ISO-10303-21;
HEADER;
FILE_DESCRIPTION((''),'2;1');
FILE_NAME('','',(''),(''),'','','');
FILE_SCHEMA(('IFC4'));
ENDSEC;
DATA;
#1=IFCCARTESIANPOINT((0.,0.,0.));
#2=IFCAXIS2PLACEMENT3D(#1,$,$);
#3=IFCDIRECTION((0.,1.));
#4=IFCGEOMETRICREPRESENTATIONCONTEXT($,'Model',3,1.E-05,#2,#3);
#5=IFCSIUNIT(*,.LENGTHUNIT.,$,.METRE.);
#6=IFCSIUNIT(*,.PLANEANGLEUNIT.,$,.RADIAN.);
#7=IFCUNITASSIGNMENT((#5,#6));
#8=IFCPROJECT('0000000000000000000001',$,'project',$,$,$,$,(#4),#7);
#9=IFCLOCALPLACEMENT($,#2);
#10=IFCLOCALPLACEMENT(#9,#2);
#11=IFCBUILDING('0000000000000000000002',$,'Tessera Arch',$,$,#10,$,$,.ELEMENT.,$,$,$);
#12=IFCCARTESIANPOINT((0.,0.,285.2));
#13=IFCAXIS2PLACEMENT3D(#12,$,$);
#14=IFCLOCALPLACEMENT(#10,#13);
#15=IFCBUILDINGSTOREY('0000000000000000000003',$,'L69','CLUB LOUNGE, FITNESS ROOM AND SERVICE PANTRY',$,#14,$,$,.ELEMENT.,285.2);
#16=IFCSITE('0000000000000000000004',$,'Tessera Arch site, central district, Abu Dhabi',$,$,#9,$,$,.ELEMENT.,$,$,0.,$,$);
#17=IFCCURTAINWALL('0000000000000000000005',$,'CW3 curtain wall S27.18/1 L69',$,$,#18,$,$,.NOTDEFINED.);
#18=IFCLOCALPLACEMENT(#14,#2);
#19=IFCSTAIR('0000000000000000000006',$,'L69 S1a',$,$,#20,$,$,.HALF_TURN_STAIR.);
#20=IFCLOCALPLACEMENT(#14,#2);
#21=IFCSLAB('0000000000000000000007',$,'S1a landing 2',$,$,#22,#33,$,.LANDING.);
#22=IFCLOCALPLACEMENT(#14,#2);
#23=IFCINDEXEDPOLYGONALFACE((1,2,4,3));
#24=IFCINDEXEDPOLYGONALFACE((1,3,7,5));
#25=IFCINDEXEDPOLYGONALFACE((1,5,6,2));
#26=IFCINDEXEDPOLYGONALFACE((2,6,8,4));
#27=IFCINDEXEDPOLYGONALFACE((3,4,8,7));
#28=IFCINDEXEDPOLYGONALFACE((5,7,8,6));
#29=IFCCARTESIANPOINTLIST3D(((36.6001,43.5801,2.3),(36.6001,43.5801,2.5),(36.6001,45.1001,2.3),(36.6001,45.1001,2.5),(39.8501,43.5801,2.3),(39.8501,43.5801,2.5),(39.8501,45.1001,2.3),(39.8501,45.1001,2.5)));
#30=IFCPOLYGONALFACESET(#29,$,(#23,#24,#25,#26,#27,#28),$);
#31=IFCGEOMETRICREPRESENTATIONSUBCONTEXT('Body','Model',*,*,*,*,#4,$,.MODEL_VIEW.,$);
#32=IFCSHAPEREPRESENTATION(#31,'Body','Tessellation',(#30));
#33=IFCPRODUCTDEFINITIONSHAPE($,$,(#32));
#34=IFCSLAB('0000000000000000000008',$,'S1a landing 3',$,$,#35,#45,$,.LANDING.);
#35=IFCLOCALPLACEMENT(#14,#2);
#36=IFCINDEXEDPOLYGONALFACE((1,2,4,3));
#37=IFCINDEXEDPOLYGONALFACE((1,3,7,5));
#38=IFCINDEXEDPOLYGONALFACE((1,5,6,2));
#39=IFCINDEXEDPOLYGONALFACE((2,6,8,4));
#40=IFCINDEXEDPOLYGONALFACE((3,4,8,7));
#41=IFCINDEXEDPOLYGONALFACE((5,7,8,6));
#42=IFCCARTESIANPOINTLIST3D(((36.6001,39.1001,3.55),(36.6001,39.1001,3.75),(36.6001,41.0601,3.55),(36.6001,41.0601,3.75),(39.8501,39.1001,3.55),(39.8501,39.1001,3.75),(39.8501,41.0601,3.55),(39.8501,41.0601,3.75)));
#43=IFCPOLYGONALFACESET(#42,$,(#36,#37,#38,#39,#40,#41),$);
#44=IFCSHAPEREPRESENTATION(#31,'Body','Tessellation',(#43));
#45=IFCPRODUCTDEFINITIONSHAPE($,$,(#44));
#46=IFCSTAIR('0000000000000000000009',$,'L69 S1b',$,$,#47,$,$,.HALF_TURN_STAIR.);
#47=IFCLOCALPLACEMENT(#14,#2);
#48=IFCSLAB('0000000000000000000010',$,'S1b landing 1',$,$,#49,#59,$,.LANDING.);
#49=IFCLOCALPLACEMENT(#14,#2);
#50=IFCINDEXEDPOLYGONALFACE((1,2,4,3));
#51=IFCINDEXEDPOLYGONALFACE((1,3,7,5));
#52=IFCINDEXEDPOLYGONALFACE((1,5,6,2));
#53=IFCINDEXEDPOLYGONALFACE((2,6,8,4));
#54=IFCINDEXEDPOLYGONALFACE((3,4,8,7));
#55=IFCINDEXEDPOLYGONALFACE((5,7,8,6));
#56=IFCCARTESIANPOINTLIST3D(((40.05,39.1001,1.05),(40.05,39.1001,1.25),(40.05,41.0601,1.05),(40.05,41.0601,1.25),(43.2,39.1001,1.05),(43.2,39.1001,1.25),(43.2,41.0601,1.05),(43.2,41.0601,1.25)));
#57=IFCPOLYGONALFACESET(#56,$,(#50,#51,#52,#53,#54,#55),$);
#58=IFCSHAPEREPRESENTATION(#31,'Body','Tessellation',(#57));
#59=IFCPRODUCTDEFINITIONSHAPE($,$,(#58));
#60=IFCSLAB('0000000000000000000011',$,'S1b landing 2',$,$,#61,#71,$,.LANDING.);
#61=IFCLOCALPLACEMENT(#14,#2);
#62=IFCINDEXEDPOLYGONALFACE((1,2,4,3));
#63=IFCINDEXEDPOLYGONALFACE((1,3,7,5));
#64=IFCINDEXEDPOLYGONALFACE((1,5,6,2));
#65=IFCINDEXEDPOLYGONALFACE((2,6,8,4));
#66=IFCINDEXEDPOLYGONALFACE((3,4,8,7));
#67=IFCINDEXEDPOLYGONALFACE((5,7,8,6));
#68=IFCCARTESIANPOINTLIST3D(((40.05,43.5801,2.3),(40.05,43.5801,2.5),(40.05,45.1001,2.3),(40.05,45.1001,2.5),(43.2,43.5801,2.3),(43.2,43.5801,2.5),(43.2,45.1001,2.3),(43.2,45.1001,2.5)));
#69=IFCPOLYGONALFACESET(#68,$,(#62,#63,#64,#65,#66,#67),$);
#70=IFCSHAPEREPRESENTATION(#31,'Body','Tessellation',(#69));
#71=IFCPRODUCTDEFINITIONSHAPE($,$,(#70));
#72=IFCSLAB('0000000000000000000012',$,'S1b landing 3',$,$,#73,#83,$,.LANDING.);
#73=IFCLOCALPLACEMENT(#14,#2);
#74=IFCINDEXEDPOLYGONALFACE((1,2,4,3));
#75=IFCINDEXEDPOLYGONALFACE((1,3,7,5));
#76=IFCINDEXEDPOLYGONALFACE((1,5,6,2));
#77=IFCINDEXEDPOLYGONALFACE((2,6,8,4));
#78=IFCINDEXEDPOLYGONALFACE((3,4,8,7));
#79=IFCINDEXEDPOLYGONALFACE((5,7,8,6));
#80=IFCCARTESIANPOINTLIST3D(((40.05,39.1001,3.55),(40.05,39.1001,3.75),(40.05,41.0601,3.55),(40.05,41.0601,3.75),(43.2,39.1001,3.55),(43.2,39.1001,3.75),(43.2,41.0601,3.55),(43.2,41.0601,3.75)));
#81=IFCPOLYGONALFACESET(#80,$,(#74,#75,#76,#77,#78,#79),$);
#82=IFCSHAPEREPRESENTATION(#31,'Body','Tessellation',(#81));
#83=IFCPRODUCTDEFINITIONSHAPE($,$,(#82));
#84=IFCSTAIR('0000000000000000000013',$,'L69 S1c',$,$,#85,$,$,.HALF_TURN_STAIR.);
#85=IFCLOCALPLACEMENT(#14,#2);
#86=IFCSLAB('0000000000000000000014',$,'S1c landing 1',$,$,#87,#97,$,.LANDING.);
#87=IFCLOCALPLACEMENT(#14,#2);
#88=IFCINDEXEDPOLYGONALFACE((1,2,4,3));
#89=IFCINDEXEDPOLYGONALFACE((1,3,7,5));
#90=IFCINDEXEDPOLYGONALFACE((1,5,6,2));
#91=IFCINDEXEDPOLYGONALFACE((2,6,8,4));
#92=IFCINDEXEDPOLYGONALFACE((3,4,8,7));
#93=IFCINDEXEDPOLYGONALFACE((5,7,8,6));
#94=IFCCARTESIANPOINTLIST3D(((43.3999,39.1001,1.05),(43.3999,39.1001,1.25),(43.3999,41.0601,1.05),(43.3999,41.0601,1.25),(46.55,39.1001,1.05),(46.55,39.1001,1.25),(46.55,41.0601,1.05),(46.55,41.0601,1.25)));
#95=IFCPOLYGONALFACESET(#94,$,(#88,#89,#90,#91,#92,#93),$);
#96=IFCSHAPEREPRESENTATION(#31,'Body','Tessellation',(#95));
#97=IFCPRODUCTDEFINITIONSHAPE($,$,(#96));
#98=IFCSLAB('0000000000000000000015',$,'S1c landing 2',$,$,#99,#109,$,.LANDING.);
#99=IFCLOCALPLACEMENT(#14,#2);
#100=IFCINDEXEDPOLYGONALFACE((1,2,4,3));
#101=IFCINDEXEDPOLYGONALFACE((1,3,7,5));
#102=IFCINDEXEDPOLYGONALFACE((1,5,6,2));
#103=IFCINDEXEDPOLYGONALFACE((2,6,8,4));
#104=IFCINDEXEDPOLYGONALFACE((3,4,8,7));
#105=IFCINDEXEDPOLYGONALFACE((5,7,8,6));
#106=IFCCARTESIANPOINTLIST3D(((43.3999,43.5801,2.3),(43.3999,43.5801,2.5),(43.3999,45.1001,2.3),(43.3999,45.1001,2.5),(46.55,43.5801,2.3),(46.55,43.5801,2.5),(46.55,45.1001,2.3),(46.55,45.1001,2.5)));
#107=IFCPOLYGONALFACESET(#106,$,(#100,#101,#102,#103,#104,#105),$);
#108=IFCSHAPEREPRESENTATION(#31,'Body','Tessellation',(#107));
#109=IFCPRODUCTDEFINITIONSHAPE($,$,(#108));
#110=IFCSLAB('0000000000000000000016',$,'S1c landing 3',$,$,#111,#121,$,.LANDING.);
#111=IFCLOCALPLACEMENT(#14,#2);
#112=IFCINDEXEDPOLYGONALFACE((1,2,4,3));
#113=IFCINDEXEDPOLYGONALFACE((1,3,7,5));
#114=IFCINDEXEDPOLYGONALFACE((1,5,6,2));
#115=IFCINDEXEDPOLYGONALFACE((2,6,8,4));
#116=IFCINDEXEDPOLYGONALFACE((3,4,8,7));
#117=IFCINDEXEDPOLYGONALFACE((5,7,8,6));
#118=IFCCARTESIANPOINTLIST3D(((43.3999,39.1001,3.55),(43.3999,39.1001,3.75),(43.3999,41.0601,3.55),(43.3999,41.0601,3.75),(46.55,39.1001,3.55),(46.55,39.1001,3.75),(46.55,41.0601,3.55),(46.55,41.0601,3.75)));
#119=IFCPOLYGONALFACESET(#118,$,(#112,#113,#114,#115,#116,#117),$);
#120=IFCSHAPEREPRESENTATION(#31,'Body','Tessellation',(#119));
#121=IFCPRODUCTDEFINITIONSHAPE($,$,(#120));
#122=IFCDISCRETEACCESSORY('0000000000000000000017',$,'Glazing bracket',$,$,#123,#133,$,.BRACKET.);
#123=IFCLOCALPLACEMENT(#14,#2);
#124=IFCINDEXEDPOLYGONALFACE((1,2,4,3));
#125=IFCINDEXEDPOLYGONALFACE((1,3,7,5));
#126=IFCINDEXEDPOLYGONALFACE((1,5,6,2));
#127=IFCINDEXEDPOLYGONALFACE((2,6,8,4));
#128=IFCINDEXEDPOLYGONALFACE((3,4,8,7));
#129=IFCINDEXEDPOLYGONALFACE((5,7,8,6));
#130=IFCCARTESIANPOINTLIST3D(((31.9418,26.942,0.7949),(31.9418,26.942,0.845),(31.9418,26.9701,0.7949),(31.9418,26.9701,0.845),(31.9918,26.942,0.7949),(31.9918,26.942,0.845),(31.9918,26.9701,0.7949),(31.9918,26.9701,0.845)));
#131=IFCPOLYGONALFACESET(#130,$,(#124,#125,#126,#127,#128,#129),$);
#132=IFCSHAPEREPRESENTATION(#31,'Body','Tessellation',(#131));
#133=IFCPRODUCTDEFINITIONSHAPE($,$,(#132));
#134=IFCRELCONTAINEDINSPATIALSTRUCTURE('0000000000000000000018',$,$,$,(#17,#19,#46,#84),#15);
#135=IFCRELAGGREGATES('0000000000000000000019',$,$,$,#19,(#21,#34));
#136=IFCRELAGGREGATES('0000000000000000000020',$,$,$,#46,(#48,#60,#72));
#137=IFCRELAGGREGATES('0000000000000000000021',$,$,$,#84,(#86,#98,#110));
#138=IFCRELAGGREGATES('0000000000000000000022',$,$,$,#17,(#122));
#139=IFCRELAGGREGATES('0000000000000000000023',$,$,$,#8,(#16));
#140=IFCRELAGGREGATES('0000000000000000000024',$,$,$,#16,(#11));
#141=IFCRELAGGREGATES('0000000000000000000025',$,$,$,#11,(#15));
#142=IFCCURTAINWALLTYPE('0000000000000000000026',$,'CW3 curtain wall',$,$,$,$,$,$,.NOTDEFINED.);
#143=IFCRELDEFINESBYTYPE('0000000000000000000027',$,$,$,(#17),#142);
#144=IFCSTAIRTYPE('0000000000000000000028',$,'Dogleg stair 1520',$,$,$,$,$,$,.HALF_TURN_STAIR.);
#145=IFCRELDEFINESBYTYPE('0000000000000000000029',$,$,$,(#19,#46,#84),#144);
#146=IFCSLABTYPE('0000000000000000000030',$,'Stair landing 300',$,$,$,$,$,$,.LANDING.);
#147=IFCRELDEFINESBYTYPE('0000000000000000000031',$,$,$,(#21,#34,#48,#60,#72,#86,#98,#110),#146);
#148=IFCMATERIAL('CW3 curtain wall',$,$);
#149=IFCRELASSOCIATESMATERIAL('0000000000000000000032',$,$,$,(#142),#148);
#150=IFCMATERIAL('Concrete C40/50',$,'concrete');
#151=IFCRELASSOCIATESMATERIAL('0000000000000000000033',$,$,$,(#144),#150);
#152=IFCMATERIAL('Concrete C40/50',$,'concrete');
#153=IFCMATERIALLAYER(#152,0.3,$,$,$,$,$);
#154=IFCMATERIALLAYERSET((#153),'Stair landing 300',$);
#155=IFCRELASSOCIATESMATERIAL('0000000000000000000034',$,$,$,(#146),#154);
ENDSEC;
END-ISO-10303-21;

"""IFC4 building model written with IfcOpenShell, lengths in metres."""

from ifc_helpers import new_model, si_unit, direction, frame, origin, origin_2d, place, context, subcontext, project, spatial, polyline, rectangle, outline, extrude, material, layer, layer_set, type_object, element, aggregate, save


model = new_model("IFC4")

# Units and contexts
model_context = context("Model", 3, precision=1e-05, world=origin(), true_north=direction((0.0, 1.0)))
body_context = subcontext(model_context, "Body", "Model", "MODEL_VIEW")
ifc_project = project(units=[si_unit("LENGTHUNIT", "METRE"), si_unit("PLANEANGLEUNIT", "RADIAN")], contexts=[model_context])

# Site, building, storey
site_placement = place(None, origin())
site = spatial("IfcSite", under=ifc_project, at=site_placement, Name="Tessera Arch site, central district, Abu Dhabi", CompositionType="ELEMENT", RefElevation=0.0)
building_placement = place(site_placement, origin())
building = spatial("IfcBuilding", under=site, at=building_placement, Name="Tessera Arch", CompositionType="ELEMENT")
storey_placement = place(building_placement, frame((0.0, 0.0, 285.2)))
storey = spatial("IfcBuildingStorey", under=building, at=storey_placement, Name="L69", Description="CLUB LOUNGE, FITNESS ROOM AND SERVICE PANTRY", CompositionType="ELEMENT", Elevation=285.2)

# Curtain wall
ifc_material_1 = material(Name="CW3 curtain wall")
curtain_wall_type_1 = type_object("IfcCurtainWallType", Name="CW3 curtain wall", PredefinedType="NOTDEFINED", material=ifc_material_1)
curtain_wall_1_placement = place(storey_placement, origin())
curtain_wall_1 = element("IfcCurtainWall", 1, at=curtain_wall_1_placement, inside=storey, type_object=curtain_wall_type_1, Name="CW3 curtain wall S27.18/1 L69", PredefinedType="NOTDEFINED")

# Stairs, slabs
ifc_material_2 = material(Name="Concrete C40/50", Category="concrete")
stair_type = type_object("IfcStairType", Name="Dogleg stair 1520", PredefinedType="HALF_TURN_STAIR", material=ifc_material_2)
stair_1_placement = place(storey_placement, origin())
stair_1 = element("IfcStair", 2, at=stair_1_placement, inside=storey, type_object=stair_type, Name="L69 S1a", PredefinedType="HALF_TURN_STAIR")
ifc_material_3 = material(Name="Concrete C40/50", Category="concrete")
ifc_layer_1 = layer(ifc_material_3, 0.3)
ifc_layer_set_1 = layer_set([ifc_layer_1], Name="Stair landing 300")
slab_type = type_object("IfcSlabType", Name="Stair landing 300", PredefinedType="LANDING", material=ifc_layer_set_1)
slab_1_placement = place(storey_placement, frame((0.0, 0.0, 2.3)))
slab_1 = element("IfcSlab", 3, at=slab_1_placement, type_object=slab_type, Name="S1a landing 2", PredefinedType="LANDING", context=body_context, shape_type="SweptSolid", body=[
    extrude(outline(polyline([(36.6001, 45.1001), (36.6001, 43.5801), (39.8501, 43.5801), (39.8501, 45.1001), (36.6001, 45.1001)])), origin(), (0.0, 0.0, 1.0), 0.2),
])
slab_2_placement = place(storey_placement, frame((0.0, 0.0, 3.55)))
slab_2 = element("IfcSlab", 4, at=slab_2_placement, type_object=slab_type, Name="S1a landing 3", PredefinedType="LANDING", context=body_context, shape_type="SweptSolid", body=[
    extrude(outline(polyline([(36.6001, 41.0601), (36.6001, 39.1001), (39.8501, 39.1001), (39.8501, 41.0601), (36.6001, 41.0601)])), origin(), (0.0, 0.0, 1.0), 0.2),
])
aggregate(stair_1, [slab_1, slab_2])
stair_2_placement = place(storey_placement, origin())
stair_2 = element("IfcStair", 5, at=stair_2_placement, inside=storey, type_object=stair_type, Name="L69 S1b", PredefinedType="HALF_TURN_STAIR")
slab_3_placement = place(storey_placement, frame((0.0, 0.0, 1.05)))
slab_3 = element("IfcSlab", 6, at=slab_3_placement, type_object=slab_type, Name="S1b landing 1", PredefinedType="LANDING", context=body_context, shape_type="SweptSolid", body=[
    extrude(outline(polyline([(40.05, 41.0601), (40.05, 39.1001), (43.2, 39.1001), (43.2, 41.0601), (40.05, 41.0601)])), origin(), (0.0, 0.0, 1.0), 0.2),
])
slab_4_placement = place(storey_placement, frame((0.0, 0.0, 2.3)))
slab_4 = element("IfcSlab", 7, at=slab_4_placement, type_object=slab_type, Name="S1b landing 2", PredefinedType="LANDING", context=body_context, shape_type="SweptSolid", body=[
    extrude(outline(polyline([(40.05, 45.1001), (40.05, 43.5801), (43.2, 43.5801), (43.2, 45.1001), (40.05, 45.1001)])), origin(), (0.0, 0.0, 1.0), 0.2),
])
slab_5_placement = place(storey_placement, frame((0.0, 0.0, 3.55)))
slab_5 = element("IfcSlab", 8, at=slab_5_placement, type_object=slab_type, Name="S1b landing 3", PredefinedType="LANDING", context=body_context, shape_type="SweptSolid", body=[
    extrude(outline(polyline([(40.05, 41.0601), (40.05, 39.1001), (43.2, 39.1001), (43.2, 41.0601), (40.05, 41.0601)])), origin(), (0.0, 0.0, 1.0), 0.2),
])
aggregate(stair_2, [slab_3, slab_4, slab_5])
stair_3_placement = place(storey_placement, origin())
stair_3 = element("IfcStair", 9, at=stair_3_placement, inside=storey, type_object=stair_type, Name="L69 S1c", PredefinedType="HALF_TURN_STAIR")
slab_6_placement = place(storey_placement, frame((0.0, 0.0, 1.05)))
slab_6 = element("IfcSlab", 10, at=slab_6_placement, type_object=slab_type, Name="S1c landing 1", PredefinedType="LANDING", context=body_context, shape_type="SweptSolid", body=[
    extrude(outline(polyline([(43.3999, 41.0601), (43.3999, 39.1001), (46.55, 39.1001), (46.55, 41.0601), (43.3999, 41.0601)])), origin(), (0.0, 0.0, 1.0), 0.2),
])
slab_7_placement = place(storey_placement, frame((0.0, 0.0, 2.3)))
slab_7 = element("IfcSlab", 11, at=slab_7_placement, type_object=slab_type, Name="S1c landing 2", PredefinedType="LANDING", context=body_context, shape_type="SweptSolid", body=[
    extrude(outline(polyline([(43.3999, 45.1001), (43.3999, 43.5801), (46.55, 43.5801), (46.55, 45.1001), (43.3999, 45.1001)])), origin(), (0.0, 0.0, 1.0), 0.2),
])
slab_8_placement = place(storey_placement, frame((0.0, 0.0, 3.55)))
slab_8 = element("IfcSlab", 12, at=slab_8_placement, type_object=slab_type, Name="S1c landing 3", PredefinedType="LANDING", context=body_context, shape_type="SweptSolid", body=[
    extrude(outline(polyline([(43.3999, 41.0601), (43.3999, 39.1001), (46.55, 39.1001), (46.55, 41.0601), (43.3999, 41.0601)])), origin(), (0.0, 0.0, 1.0), 0.2),
])
aggregate(stair_3, [slab_6, slab_7, slab_8])

# Discrete accessory
discrete_accessory_placement = place(storey_placement, frame((31.9668, 26.9561, 0.7949), z_axis=(0.0, 0.0, 1.0), x_axis=(1.0, 0.0, 0.0)))
discrete_accessory = element("IfcDiscreteAccessory", 13, at=discrete_accessory_placement, Name="Glazing bracket", PredefinedType="BRACKET", context=body_context, shape_type="SweptSolid", body=[
    extrude(rectangle(XDim=0.05, YDim=0.0281, at=origin_2d()), origin(), (0.0, 0.0, 1.0), 0.05),
])
aggregate(curtain_wall_1, [discrete_accessory])

save(model, "model.ifc")
